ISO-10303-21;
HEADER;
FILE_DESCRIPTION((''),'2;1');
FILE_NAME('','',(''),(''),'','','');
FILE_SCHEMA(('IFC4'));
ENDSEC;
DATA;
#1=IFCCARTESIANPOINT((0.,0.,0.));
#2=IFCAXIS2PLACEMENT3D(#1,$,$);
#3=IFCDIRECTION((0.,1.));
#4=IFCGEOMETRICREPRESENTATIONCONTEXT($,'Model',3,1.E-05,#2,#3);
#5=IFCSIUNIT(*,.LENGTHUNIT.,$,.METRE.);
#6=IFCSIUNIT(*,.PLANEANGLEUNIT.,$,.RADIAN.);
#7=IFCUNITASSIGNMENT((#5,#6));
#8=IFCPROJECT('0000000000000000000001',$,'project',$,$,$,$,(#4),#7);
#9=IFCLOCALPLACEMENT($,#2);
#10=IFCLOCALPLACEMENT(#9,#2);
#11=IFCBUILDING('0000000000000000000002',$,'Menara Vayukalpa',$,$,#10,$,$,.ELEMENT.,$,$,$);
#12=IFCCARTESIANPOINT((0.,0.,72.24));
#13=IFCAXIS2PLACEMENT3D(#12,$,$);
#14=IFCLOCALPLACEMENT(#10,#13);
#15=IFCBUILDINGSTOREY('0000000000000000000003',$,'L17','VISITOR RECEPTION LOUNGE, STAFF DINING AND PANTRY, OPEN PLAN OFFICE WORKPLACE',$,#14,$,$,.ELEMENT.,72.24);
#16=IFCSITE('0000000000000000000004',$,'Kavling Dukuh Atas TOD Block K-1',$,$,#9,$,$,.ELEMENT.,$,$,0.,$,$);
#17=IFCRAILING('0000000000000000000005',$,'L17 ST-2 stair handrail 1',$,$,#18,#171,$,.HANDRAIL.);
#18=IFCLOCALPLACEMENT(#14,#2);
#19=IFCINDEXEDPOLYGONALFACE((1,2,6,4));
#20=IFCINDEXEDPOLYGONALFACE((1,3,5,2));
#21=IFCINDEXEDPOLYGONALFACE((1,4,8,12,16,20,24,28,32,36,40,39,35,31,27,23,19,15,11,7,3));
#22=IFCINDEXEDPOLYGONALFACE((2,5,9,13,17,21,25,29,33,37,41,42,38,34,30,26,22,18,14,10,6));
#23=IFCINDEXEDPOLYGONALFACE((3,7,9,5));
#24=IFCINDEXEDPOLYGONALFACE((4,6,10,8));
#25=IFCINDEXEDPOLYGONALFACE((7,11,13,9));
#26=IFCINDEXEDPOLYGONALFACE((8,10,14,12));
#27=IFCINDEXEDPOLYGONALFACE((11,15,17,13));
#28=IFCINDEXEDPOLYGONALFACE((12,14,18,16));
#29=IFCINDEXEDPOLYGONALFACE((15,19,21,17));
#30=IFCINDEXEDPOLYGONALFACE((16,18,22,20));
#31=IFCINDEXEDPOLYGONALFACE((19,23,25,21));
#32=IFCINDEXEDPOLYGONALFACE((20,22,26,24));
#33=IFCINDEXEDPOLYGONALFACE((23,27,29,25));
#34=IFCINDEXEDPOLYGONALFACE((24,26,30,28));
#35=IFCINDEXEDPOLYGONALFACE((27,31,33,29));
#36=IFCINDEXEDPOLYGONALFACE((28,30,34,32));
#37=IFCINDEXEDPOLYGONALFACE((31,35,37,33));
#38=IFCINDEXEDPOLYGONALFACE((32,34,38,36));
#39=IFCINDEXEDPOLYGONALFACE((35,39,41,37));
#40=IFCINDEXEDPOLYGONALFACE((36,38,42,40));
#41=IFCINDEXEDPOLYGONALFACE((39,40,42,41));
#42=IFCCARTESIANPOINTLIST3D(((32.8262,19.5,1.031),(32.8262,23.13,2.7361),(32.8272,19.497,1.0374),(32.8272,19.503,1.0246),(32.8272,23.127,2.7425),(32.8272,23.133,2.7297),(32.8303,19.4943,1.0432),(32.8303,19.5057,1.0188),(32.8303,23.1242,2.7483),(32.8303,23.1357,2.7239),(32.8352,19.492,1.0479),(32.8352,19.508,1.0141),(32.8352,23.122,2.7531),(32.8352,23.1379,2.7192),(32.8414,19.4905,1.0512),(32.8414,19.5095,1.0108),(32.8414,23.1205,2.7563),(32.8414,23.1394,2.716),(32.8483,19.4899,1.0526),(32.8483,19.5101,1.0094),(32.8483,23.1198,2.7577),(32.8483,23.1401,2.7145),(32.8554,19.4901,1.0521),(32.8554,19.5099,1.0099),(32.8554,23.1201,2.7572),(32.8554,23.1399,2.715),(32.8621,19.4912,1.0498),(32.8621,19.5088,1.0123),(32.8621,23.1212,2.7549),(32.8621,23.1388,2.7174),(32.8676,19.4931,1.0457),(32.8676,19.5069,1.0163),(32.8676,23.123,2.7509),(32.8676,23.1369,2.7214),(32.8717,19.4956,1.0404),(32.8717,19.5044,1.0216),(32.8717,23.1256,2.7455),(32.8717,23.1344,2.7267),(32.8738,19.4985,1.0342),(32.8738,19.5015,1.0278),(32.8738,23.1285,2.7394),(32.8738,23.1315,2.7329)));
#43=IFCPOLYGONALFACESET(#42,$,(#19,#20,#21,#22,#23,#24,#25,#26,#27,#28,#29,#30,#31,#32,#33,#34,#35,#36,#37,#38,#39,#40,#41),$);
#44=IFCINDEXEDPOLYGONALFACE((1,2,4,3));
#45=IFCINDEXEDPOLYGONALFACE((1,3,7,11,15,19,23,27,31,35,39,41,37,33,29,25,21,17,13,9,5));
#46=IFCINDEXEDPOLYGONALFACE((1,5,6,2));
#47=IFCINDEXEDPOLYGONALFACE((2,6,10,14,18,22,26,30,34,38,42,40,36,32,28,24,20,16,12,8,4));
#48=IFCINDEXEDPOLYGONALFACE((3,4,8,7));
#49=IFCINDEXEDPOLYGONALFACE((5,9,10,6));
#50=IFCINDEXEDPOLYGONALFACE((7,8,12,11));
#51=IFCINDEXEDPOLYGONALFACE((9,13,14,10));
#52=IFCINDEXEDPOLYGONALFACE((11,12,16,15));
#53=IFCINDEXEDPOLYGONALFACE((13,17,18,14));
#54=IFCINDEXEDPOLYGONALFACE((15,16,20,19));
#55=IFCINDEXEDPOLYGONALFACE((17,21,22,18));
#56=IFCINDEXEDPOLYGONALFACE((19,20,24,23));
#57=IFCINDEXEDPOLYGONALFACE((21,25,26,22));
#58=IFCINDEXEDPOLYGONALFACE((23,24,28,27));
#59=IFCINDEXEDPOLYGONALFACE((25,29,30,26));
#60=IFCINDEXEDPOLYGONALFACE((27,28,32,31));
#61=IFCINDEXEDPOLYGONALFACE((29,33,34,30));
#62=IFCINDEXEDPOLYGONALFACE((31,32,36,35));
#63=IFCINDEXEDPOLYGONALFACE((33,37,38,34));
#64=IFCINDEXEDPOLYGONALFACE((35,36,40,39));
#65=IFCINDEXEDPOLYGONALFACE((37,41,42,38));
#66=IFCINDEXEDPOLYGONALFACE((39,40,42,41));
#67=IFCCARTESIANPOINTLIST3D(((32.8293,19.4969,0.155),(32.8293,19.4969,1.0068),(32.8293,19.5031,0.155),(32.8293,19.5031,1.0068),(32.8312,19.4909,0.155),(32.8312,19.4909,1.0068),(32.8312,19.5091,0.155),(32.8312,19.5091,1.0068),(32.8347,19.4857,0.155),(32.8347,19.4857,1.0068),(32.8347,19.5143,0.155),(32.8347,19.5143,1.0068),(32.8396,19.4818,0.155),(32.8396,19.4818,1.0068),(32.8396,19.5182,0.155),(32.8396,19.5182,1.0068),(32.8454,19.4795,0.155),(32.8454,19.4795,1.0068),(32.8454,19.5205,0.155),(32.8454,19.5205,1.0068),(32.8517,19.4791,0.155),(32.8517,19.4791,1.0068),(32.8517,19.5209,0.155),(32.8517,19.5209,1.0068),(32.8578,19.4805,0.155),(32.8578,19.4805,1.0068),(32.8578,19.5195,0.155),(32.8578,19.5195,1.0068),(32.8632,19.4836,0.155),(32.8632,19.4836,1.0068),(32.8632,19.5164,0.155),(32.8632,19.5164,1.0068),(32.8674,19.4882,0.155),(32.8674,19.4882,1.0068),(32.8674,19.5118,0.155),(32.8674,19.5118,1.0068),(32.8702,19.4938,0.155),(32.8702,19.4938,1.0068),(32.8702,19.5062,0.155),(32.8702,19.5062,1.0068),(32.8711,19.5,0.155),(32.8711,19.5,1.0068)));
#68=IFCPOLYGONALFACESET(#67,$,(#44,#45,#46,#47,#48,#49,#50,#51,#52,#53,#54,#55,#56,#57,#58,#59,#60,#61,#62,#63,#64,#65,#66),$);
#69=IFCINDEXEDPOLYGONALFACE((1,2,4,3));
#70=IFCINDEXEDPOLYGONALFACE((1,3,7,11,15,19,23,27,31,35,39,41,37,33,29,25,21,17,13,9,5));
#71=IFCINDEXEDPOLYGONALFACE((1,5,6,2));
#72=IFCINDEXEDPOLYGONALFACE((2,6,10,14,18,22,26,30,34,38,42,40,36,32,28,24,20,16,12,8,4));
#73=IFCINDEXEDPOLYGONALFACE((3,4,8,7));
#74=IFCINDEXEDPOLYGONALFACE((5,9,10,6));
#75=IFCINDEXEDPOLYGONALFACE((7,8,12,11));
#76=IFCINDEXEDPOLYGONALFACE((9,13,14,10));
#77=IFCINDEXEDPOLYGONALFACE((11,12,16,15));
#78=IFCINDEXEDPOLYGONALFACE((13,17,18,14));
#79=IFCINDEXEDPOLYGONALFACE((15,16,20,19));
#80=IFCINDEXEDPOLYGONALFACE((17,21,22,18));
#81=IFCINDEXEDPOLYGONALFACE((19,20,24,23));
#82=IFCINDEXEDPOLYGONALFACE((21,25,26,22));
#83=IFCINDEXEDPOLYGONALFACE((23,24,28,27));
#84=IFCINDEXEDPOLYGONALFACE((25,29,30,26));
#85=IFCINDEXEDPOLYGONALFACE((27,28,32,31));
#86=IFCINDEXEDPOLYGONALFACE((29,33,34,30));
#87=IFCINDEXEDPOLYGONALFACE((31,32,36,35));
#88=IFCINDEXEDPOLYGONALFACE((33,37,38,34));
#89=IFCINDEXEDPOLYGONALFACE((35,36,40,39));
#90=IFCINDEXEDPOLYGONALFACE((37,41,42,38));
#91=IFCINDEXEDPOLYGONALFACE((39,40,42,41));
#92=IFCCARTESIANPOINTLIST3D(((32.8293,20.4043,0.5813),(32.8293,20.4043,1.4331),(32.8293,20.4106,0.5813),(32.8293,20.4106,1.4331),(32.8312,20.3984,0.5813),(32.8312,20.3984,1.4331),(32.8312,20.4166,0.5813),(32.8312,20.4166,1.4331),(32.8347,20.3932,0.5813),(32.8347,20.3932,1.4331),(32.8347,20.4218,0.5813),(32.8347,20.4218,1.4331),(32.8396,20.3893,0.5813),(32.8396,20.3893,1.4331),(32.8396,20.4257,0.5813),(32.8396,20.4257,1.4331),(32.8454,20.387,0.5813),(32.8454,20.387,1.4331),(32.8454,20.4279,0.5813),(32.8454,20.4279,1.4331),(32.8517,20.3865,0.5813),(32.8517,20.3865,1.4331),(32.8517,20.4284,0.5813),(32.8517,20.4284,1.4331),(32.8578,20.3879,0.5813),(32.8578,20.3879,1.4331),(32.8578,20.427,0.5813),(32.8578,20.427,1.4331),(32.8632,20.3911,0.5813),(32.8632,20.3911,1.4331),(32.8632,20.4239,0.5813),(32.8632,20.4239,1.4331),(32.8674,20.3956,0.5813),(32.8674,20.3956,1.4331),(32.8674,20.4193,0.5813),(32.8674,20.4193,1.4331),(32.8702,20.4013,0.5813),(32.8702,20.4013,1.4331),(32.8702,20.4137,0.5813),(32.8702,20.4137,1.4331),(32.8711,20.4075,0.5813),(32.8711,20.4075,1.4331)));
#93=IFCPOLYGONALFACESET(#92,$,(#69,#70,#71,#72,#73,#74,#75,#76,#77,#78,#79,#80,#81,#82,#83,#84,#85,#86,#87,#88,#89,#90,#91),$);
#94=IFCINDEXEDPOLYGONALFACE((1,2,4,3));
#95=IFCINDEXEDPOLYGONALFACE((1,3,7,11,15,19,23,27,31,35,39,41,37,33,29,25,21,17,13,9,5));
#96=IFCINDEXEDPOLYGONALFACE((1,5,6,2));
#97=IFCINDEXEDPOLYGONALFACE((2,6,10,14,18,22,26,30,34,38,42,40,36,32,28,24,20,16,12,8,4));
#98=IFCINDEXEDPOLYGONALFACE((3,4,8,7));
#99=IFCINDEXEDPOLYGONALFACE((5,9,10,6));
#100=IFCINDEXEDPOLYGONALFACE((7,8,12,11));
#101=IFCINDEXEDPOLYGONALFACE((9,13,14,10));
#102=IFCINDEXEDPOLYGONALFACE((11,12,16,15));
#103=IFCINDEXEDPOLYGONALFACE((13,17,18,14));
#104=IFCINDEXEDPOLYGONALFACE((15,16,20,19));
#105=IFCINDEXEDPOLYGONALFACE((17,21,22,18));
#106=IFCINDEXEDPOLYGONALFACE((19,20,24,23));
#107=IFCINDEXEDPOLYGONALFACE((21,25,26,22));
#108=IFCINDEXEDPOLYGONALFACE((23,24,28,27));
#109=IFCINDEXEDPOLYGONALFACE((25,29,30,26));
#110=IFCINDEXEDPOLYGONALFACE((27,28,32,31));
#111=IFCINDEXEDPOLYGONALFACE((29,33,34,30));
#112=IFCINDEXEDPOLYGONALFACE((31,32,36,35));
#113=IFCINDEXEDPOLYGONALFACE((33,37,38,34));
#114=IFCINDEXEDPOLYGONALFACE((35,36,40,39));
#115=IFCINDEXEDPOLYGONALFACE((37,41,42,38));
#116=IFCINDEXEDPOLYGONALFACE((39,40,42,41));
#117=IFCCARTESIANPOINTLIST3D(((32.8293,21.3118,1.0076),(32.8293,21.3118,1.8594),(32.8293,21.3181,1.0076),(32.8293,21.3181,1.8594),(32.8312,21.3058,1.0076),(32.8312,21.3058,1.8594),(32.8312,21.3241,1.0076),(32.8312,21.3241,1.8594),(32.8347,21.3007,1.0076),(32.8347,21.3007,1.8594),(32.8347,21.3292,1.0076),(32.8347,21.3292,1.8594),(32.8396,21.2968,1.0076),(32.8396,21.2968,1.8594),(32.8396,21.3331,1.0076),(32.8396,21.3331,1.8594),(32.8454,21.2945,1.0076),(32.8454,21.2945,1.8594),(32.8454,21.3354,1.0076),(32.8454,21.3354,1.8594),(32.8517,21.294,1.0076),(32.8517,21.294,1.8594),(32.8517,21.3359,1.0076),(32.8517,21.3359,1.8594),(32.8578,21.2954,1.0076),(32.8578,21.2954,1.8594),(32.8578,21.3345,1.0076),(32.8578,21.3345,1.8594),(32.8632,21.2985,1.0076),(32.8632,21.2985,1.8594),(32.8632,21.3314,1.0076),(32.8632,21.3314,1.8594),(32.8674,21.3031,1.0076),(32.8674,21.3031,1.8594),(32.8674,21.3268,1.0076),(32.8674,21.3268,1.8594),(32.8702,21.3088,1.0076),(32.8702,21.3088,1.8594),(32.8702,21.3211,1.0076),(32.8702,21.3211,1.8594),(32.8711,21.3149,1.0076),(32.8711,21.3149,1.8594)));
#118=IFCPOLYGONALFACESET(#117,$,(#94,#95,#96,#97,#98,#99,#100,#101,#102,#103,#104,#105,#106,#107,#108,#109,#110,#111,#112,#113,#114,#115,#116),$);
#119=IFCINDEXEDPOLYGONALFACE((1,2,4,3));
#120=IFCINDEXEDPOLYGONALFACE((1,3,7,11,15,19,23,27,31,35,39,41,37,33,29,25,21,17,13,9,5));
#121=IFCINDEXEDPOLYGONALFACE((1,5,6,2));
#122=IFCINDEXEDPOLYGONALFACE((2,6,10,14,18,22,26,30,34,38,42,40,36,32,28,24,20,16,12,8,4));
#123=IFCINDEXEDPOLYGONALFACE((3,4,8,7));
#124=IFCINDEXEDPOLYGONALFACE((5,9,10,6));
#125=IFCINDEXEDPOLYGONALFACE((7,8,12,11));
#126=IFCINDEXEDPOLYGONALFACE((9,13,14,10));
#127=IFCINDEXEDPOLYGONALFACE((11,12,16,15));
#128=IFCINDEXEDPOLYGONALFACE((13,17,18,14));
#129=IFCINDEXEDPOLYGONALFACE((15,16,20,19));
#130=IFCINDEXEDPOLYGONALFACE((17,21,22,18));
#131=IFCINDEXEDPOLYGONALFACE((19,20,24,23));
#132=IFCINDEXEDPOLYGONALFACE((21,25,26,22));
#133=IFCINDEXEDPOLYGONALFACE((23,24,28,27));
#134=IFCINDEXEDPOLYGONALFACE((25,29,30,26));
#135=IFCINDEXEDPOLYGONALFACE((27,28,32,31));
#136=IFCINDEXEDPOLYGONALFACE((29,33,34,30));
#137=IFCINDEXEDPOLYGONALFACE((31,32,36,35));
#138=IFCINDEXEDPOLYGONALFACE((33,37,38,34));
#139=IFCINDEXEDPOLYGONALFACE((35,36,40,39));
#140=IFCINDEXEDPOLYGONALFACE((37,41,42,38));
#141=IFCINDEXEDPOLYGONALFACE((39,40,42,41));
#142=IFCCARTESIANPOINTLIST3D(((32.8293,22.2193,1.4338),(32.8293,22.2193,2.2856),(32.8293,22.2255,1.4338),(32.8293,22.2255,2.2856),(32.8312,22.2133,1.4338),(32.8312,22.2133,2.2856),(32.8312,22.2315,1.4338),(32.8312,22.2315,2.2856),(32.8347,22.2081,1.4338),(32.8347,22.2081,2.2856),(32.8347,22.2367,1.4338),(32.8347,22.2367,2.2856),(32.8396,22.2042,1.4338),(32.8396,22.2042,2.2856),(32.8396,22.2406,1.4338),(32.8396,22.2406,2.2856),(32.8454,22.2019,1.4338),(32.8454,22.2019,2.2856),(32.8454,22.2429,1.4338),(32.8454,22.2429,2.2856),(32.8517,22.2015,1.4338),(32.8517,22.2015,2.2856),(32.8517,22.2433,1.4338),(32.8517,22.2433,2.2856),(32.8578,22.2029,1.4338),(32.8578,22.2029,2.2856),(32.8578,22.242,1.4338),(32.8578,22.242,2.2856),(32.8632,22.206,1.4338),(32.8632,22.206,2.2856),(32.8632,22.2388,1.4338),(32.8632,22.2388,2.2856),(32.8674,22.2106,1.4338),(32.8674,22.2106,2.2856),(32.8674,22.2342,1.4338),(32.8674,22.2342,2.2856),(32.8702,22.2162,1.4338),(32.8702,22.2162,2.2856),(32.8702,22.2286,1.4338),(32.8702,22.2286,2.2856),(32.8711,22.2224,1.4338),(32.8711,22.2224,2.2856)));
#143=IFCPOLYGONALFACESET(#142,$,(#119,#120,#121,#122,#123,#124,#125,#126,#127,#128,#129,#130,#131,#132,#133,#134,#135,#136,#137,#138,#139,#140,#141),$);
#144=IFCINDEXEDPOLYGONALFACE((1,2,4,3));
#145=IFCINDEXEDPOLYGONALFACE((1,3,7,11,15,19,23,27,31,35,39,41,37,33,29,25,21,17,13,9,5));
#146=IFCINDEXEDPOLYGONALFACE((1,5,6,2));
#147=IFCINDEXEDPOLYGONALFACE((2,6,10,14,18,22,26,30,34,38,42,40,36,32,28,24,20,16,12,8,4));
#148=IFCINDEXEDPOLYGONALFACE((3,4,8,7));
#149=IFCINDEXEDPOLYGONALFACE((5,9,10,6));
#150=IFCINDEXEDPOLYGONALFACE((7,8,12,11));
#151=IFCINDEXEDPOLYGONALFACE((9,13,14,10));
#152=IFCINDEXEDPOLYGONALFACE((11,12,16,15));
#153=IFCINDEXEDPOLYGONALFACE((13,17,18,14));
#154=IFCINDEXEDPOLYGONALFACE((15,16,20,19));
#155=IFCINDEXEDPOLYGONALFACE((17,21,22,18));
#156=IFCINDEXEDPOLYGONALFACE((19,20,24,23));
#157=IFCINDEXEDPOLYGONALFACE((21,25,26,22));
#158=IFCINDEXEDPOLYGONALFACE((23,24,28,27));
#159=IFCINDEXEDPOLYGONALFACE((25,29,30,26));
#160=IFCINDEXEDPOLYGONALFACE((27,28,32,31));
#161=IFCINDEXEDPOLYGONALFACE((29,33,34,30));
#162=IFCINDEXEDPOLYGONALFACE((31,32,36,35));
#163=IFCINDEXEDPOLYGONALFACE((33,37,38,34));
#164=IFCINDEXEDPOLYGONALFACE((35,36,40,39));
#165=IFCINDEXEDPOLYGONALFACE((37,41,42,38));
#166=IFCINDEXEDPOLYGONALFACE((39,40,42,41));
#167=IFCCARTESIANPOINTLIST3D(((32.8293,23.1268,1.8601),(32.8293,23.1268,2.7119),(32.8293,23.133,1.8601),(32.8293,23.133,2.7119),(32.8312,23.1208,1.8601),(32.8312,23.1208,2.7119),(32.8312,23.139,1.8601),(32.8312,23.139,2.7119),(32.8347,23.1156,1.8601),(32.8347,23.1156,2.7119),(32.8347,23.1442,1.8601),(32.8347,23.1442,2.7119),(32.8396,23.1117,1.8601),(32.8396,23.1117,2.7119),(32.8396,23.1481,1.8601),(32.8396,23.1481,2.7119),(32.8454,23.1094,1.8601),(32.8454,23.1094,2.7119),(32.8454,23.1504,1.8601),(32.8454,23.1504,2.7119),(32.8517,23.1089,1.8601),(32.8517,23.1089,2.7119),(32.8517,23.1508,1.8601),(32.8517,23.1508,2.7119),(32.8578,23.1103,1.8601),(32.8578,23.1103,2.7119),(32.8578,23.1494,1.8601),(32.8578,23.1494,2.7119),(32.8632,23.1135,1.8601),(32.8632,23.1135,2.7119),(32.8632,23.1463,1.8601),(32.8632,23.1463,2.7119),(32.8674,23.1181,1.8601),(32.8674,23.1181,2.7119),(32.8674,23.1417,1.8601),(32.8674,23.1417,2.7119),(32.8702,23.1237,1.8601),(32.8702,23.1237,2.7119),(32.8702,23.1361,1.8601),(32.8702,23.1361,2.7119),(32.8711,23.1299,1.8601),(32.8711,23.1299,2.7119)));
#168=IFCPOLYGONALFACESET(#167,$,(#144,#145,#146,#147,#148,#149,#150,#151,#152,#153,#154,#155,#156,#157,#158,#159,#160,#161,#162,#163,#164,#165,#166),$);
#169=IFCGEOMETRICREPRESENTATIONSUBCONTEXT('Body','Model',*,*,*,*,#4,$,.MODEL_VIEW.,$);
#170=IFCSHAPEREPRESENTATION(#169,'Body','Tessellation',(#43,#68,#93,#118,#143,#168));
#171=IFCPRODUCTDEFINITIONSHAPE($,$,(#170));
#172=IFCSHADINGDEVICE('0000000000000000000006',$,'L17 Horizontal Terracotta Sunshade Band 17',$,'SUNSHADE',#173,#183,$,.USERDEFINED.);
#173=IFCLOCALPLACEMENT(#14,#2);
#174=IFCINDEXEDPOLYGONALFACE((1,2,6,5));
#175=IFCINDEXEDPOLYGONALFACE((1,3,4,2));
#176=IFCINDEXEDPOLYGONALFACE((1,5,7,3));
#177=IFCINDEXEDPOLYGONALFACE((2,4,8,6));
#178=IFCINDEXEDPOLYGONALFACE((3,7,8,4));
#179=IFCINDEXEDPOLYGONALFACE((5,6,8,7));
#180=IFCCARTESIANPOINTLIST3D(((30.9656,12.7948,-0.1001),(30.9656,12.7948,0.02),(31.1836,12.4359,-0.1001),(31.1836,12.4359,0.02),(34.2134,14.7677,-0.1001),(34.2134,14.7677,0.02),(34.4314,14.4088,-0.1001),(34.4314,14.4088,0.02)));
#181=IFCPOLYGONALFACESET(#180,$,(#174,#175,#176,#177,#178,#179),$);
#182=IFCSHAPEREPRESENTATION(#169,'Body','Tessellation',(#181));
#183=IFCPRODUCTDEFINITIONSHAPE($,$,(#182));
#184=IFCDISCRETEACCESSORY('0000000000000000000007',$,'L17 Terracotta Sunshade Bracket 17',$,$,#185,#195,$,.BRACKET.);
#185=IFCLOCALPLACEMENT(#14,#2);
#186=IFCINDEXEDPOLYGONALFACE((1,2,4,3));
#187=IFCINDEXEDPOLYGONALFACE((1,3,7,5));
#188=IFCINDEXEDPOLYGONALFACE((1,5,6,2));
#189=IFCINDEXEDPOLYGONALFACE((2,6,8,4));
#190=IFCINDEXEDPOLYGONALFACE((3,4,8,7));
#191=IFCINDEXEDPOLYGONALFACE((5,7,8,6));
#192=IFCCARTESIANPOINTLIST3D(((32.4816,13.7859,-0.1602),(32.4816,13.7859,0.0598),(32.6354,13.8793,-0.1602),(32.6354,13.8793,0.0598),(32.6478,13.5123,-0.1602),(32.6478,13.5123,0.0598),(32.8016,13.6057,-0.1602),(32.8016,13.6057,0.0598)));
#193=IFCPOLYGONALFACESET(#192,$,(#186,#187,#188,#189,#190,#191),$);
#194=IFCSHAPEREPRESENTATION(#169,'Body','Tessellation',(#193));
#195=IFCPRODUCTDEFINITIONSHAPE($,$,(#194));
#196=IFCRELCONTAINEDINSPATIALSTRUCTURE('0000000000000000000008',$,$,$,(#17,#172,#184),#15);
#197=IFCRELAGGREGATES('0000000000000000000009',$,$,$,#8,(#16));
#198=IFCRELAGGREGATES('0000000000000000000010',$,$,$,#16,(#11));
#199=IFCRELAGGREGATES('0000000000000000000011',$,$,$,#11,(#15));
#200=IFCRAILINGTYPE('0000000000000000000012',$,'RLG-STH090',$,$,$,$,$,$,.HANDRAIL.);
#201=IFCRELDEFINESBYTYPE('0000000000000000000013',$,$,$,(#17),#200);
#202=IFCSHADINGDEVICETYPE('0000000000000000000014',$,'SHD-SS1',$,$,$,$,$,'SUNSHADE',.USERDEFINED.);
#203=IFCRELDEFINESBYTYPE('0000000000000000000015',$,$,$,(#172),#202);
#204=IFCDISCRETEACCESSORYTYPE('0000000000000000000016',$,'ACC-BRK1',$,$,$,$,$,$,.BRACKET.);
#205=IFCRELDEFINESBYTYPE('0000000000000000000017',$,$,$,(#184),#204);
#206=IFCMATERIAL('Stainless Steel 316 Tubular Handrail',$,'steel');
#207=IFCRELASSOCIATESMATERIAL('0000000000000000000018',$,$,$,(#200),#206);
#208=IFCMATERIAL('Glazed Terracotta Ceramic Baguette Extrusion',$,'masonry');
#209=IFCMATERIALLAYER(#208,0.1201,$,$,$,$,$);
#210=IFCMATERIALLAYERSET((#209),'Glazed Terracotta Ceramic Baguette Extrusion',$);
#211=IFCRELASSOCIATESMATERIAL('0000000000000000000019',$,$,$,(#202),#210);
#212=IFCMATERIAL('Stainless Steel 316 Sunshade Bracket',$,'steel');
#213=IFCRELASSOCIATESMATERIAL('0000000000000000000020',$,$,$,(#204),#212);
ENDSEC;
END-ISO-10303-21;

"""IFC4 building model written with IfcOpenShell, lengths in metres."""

from ifc_helpers import new_model, si_unit, direction, frame, origin, origin_2d, place, context, subcontext, project, spatial, rectangle, circle, extrude, material, layer, layer_set, type_object, element, save


model = new_model("IFC4")

# Units and contexts
model_context = context("Model", 3, precision=1e-05, world=origin(), true_north=direction((0.0, 1.0)))
body_context = subcontext(model_context, "Body", "Model", "MODEL_VIEW")
ifc_project = project(units=[si_unit("LENGTHUNIT", "METRE"), si_unit("PLANEANGLEUNIT", "RADIAN")], contexts=[model_context])

# Site, building, storey
site_placement = place(None, origin())
site = spatial("IfcSite", under=ifc_project, at=site_placement, Name="Kavling Dukuh Atas TOD Block K-1", CompositionType="ELEMENT", RefElevation=0.0)
building_placement = place(site_placement, origin())
building = spatial("IfcBuilding", under=site, at=building_placement, Name="Menara Vayukalpa", CompositionType="ELEMENT")
storey_placement = place(building_placement, frame((0.0, 0.0, 72.24)))
storey = spatial("IfcBuildingStorey", under=building, at=storey_placement, Name="L17", Description="VISITOR RECEPTION LOUNGE, STAFF DINING AND PANTRY, OPEN PLAN OFFICE WORKPLACE", CompositionType="ELEMENT", Elevation=72.24)

# Railing
ifc_material_1 = material(Name="Stainless Steel 316 Tubular Handrail", Category="steel")
railing_type_1 = type_object("IfcRailingType", Name="RLG-STH090", PredefinedType="HANDRAIL", material=ifc_material_1)
railing_1_placement = place(storey_placement, frame((32.8501, 19.5, 0.155)))
element("IfcRailing", 1, at=railing_1_placement, inside=storey, type_object=railing_type_1, Name="L17 ST-2 stair handrail 1", PredefinedType="HANDRAIL", context=body_context, shape_type="SweptSolid", body=[
    extrude(circle(Radius=0.0239, at=origin_2d()), frame((0.0, 0.0, 0.876), z_axis=(0.0, 0.905116, 0.425164), x_axis=(-1.0, 0.0, 0.0)), (0.0, 0.0, 1.0), 4.0105),
    extrude(circle(Radius=0.021, at=origin_2d()), origin(), (0.0, 0.0, 1.0), 0.8518),
    extrude(circle(Radius=0.021, at=origin_2d()), frame((0.0, 0.9075, 0.4263)), (0.0, 0.0, 1.0), 0.8518),
    extrude(circle(Radius=0.021, at=origin_2d()), frame((0.0, 1.8149, 0.8525)), (0.0, 0.0, 1.0), 0.8518),
    extrude(circle(Radius=0.021, at=origin_2d()), frame((0.0, 2.7224, 1.2788)), (0.0, 0.0, 1.0), 0.8518),
    extrude(circle(Radius=0.021, at=origin_2d()), frame((0.0, 3.6299, 1.7051)), (0.0, 0.0, 1.0), 0.8518),
])

# Shading device
ifc_material_2 = material(Name="Glazed Terracotta Ceramic Baguette Extrusion", Category="masonry")
ifc_layer_1 = layer(ifc_material_2, 0.1201)
ifc_layer_set_1 = layer_set([ifc_layer_1], Name="Glazed Terracotta Ceramic Baguette Extrusion")
shading_device_type = type_object("IfcShadingDeviceType", Name="SHD-SS1", ElementType="SUNSHADE", PredefinedType="USERDEFINED", material=ifc_layer_set_1)
shading_device_placement = place(storey_placement, frame((32.6985, 13.6018, -0.1001), z_axis=(0.0, 0.0, 1.0), x_axis=(0.854667, 0.519176, 0.0)))
element("IfcShadingDevice", 2, at=shading_device_placement, inside=storey, type_object=shading_device_type, Name="L17 Horizontal Terracotta Sunshade Band 17", ObjectType="SUNSHADE", PredefinedType="USERDEFINED", context=body_context, shape_type="SweptSolid", body=[
    extrude(rectangle(XDim=3.8, YDim=0.4199, at=origin_2d()), origin(), (0.0, 0.0, 1.0), 0.1201),
])

# Discrete accessory
ifc_material_3 = material(Name="Stainless Steel 316 Sunshade Bracket", Category="steel")
discrete_accessory_type = type_object("IfcDiscreteAccessoryType", Name="ACC-BRK1", PredefinedType="BRACKET", material=ifc_material_3)
discrete_accessory_placement = place(storey_placement, frame((32.6416, 13.6958, -0.1602), z_axis=(0.0, 0.0, 1.0), x_axis=(0.854667, 0.519176, 0.0)))
element("IfcDiscreteAccessory", 3, at=discrete_accessory_placement, inside=storey, type_object=discrete_accessory_type, Name="L17 Terracotta Sunshade Bracket 17", PredefinedType="BRACKET", context=body_context, shape_type="SweptSolid", body=[
    extrude(rectangle(XDim=0.1799, YDim=0.3201, at=origin_2d()), origin(), (0.0, 0.0, 1.0), 0.22),
])

save(model, "model.ifc")
